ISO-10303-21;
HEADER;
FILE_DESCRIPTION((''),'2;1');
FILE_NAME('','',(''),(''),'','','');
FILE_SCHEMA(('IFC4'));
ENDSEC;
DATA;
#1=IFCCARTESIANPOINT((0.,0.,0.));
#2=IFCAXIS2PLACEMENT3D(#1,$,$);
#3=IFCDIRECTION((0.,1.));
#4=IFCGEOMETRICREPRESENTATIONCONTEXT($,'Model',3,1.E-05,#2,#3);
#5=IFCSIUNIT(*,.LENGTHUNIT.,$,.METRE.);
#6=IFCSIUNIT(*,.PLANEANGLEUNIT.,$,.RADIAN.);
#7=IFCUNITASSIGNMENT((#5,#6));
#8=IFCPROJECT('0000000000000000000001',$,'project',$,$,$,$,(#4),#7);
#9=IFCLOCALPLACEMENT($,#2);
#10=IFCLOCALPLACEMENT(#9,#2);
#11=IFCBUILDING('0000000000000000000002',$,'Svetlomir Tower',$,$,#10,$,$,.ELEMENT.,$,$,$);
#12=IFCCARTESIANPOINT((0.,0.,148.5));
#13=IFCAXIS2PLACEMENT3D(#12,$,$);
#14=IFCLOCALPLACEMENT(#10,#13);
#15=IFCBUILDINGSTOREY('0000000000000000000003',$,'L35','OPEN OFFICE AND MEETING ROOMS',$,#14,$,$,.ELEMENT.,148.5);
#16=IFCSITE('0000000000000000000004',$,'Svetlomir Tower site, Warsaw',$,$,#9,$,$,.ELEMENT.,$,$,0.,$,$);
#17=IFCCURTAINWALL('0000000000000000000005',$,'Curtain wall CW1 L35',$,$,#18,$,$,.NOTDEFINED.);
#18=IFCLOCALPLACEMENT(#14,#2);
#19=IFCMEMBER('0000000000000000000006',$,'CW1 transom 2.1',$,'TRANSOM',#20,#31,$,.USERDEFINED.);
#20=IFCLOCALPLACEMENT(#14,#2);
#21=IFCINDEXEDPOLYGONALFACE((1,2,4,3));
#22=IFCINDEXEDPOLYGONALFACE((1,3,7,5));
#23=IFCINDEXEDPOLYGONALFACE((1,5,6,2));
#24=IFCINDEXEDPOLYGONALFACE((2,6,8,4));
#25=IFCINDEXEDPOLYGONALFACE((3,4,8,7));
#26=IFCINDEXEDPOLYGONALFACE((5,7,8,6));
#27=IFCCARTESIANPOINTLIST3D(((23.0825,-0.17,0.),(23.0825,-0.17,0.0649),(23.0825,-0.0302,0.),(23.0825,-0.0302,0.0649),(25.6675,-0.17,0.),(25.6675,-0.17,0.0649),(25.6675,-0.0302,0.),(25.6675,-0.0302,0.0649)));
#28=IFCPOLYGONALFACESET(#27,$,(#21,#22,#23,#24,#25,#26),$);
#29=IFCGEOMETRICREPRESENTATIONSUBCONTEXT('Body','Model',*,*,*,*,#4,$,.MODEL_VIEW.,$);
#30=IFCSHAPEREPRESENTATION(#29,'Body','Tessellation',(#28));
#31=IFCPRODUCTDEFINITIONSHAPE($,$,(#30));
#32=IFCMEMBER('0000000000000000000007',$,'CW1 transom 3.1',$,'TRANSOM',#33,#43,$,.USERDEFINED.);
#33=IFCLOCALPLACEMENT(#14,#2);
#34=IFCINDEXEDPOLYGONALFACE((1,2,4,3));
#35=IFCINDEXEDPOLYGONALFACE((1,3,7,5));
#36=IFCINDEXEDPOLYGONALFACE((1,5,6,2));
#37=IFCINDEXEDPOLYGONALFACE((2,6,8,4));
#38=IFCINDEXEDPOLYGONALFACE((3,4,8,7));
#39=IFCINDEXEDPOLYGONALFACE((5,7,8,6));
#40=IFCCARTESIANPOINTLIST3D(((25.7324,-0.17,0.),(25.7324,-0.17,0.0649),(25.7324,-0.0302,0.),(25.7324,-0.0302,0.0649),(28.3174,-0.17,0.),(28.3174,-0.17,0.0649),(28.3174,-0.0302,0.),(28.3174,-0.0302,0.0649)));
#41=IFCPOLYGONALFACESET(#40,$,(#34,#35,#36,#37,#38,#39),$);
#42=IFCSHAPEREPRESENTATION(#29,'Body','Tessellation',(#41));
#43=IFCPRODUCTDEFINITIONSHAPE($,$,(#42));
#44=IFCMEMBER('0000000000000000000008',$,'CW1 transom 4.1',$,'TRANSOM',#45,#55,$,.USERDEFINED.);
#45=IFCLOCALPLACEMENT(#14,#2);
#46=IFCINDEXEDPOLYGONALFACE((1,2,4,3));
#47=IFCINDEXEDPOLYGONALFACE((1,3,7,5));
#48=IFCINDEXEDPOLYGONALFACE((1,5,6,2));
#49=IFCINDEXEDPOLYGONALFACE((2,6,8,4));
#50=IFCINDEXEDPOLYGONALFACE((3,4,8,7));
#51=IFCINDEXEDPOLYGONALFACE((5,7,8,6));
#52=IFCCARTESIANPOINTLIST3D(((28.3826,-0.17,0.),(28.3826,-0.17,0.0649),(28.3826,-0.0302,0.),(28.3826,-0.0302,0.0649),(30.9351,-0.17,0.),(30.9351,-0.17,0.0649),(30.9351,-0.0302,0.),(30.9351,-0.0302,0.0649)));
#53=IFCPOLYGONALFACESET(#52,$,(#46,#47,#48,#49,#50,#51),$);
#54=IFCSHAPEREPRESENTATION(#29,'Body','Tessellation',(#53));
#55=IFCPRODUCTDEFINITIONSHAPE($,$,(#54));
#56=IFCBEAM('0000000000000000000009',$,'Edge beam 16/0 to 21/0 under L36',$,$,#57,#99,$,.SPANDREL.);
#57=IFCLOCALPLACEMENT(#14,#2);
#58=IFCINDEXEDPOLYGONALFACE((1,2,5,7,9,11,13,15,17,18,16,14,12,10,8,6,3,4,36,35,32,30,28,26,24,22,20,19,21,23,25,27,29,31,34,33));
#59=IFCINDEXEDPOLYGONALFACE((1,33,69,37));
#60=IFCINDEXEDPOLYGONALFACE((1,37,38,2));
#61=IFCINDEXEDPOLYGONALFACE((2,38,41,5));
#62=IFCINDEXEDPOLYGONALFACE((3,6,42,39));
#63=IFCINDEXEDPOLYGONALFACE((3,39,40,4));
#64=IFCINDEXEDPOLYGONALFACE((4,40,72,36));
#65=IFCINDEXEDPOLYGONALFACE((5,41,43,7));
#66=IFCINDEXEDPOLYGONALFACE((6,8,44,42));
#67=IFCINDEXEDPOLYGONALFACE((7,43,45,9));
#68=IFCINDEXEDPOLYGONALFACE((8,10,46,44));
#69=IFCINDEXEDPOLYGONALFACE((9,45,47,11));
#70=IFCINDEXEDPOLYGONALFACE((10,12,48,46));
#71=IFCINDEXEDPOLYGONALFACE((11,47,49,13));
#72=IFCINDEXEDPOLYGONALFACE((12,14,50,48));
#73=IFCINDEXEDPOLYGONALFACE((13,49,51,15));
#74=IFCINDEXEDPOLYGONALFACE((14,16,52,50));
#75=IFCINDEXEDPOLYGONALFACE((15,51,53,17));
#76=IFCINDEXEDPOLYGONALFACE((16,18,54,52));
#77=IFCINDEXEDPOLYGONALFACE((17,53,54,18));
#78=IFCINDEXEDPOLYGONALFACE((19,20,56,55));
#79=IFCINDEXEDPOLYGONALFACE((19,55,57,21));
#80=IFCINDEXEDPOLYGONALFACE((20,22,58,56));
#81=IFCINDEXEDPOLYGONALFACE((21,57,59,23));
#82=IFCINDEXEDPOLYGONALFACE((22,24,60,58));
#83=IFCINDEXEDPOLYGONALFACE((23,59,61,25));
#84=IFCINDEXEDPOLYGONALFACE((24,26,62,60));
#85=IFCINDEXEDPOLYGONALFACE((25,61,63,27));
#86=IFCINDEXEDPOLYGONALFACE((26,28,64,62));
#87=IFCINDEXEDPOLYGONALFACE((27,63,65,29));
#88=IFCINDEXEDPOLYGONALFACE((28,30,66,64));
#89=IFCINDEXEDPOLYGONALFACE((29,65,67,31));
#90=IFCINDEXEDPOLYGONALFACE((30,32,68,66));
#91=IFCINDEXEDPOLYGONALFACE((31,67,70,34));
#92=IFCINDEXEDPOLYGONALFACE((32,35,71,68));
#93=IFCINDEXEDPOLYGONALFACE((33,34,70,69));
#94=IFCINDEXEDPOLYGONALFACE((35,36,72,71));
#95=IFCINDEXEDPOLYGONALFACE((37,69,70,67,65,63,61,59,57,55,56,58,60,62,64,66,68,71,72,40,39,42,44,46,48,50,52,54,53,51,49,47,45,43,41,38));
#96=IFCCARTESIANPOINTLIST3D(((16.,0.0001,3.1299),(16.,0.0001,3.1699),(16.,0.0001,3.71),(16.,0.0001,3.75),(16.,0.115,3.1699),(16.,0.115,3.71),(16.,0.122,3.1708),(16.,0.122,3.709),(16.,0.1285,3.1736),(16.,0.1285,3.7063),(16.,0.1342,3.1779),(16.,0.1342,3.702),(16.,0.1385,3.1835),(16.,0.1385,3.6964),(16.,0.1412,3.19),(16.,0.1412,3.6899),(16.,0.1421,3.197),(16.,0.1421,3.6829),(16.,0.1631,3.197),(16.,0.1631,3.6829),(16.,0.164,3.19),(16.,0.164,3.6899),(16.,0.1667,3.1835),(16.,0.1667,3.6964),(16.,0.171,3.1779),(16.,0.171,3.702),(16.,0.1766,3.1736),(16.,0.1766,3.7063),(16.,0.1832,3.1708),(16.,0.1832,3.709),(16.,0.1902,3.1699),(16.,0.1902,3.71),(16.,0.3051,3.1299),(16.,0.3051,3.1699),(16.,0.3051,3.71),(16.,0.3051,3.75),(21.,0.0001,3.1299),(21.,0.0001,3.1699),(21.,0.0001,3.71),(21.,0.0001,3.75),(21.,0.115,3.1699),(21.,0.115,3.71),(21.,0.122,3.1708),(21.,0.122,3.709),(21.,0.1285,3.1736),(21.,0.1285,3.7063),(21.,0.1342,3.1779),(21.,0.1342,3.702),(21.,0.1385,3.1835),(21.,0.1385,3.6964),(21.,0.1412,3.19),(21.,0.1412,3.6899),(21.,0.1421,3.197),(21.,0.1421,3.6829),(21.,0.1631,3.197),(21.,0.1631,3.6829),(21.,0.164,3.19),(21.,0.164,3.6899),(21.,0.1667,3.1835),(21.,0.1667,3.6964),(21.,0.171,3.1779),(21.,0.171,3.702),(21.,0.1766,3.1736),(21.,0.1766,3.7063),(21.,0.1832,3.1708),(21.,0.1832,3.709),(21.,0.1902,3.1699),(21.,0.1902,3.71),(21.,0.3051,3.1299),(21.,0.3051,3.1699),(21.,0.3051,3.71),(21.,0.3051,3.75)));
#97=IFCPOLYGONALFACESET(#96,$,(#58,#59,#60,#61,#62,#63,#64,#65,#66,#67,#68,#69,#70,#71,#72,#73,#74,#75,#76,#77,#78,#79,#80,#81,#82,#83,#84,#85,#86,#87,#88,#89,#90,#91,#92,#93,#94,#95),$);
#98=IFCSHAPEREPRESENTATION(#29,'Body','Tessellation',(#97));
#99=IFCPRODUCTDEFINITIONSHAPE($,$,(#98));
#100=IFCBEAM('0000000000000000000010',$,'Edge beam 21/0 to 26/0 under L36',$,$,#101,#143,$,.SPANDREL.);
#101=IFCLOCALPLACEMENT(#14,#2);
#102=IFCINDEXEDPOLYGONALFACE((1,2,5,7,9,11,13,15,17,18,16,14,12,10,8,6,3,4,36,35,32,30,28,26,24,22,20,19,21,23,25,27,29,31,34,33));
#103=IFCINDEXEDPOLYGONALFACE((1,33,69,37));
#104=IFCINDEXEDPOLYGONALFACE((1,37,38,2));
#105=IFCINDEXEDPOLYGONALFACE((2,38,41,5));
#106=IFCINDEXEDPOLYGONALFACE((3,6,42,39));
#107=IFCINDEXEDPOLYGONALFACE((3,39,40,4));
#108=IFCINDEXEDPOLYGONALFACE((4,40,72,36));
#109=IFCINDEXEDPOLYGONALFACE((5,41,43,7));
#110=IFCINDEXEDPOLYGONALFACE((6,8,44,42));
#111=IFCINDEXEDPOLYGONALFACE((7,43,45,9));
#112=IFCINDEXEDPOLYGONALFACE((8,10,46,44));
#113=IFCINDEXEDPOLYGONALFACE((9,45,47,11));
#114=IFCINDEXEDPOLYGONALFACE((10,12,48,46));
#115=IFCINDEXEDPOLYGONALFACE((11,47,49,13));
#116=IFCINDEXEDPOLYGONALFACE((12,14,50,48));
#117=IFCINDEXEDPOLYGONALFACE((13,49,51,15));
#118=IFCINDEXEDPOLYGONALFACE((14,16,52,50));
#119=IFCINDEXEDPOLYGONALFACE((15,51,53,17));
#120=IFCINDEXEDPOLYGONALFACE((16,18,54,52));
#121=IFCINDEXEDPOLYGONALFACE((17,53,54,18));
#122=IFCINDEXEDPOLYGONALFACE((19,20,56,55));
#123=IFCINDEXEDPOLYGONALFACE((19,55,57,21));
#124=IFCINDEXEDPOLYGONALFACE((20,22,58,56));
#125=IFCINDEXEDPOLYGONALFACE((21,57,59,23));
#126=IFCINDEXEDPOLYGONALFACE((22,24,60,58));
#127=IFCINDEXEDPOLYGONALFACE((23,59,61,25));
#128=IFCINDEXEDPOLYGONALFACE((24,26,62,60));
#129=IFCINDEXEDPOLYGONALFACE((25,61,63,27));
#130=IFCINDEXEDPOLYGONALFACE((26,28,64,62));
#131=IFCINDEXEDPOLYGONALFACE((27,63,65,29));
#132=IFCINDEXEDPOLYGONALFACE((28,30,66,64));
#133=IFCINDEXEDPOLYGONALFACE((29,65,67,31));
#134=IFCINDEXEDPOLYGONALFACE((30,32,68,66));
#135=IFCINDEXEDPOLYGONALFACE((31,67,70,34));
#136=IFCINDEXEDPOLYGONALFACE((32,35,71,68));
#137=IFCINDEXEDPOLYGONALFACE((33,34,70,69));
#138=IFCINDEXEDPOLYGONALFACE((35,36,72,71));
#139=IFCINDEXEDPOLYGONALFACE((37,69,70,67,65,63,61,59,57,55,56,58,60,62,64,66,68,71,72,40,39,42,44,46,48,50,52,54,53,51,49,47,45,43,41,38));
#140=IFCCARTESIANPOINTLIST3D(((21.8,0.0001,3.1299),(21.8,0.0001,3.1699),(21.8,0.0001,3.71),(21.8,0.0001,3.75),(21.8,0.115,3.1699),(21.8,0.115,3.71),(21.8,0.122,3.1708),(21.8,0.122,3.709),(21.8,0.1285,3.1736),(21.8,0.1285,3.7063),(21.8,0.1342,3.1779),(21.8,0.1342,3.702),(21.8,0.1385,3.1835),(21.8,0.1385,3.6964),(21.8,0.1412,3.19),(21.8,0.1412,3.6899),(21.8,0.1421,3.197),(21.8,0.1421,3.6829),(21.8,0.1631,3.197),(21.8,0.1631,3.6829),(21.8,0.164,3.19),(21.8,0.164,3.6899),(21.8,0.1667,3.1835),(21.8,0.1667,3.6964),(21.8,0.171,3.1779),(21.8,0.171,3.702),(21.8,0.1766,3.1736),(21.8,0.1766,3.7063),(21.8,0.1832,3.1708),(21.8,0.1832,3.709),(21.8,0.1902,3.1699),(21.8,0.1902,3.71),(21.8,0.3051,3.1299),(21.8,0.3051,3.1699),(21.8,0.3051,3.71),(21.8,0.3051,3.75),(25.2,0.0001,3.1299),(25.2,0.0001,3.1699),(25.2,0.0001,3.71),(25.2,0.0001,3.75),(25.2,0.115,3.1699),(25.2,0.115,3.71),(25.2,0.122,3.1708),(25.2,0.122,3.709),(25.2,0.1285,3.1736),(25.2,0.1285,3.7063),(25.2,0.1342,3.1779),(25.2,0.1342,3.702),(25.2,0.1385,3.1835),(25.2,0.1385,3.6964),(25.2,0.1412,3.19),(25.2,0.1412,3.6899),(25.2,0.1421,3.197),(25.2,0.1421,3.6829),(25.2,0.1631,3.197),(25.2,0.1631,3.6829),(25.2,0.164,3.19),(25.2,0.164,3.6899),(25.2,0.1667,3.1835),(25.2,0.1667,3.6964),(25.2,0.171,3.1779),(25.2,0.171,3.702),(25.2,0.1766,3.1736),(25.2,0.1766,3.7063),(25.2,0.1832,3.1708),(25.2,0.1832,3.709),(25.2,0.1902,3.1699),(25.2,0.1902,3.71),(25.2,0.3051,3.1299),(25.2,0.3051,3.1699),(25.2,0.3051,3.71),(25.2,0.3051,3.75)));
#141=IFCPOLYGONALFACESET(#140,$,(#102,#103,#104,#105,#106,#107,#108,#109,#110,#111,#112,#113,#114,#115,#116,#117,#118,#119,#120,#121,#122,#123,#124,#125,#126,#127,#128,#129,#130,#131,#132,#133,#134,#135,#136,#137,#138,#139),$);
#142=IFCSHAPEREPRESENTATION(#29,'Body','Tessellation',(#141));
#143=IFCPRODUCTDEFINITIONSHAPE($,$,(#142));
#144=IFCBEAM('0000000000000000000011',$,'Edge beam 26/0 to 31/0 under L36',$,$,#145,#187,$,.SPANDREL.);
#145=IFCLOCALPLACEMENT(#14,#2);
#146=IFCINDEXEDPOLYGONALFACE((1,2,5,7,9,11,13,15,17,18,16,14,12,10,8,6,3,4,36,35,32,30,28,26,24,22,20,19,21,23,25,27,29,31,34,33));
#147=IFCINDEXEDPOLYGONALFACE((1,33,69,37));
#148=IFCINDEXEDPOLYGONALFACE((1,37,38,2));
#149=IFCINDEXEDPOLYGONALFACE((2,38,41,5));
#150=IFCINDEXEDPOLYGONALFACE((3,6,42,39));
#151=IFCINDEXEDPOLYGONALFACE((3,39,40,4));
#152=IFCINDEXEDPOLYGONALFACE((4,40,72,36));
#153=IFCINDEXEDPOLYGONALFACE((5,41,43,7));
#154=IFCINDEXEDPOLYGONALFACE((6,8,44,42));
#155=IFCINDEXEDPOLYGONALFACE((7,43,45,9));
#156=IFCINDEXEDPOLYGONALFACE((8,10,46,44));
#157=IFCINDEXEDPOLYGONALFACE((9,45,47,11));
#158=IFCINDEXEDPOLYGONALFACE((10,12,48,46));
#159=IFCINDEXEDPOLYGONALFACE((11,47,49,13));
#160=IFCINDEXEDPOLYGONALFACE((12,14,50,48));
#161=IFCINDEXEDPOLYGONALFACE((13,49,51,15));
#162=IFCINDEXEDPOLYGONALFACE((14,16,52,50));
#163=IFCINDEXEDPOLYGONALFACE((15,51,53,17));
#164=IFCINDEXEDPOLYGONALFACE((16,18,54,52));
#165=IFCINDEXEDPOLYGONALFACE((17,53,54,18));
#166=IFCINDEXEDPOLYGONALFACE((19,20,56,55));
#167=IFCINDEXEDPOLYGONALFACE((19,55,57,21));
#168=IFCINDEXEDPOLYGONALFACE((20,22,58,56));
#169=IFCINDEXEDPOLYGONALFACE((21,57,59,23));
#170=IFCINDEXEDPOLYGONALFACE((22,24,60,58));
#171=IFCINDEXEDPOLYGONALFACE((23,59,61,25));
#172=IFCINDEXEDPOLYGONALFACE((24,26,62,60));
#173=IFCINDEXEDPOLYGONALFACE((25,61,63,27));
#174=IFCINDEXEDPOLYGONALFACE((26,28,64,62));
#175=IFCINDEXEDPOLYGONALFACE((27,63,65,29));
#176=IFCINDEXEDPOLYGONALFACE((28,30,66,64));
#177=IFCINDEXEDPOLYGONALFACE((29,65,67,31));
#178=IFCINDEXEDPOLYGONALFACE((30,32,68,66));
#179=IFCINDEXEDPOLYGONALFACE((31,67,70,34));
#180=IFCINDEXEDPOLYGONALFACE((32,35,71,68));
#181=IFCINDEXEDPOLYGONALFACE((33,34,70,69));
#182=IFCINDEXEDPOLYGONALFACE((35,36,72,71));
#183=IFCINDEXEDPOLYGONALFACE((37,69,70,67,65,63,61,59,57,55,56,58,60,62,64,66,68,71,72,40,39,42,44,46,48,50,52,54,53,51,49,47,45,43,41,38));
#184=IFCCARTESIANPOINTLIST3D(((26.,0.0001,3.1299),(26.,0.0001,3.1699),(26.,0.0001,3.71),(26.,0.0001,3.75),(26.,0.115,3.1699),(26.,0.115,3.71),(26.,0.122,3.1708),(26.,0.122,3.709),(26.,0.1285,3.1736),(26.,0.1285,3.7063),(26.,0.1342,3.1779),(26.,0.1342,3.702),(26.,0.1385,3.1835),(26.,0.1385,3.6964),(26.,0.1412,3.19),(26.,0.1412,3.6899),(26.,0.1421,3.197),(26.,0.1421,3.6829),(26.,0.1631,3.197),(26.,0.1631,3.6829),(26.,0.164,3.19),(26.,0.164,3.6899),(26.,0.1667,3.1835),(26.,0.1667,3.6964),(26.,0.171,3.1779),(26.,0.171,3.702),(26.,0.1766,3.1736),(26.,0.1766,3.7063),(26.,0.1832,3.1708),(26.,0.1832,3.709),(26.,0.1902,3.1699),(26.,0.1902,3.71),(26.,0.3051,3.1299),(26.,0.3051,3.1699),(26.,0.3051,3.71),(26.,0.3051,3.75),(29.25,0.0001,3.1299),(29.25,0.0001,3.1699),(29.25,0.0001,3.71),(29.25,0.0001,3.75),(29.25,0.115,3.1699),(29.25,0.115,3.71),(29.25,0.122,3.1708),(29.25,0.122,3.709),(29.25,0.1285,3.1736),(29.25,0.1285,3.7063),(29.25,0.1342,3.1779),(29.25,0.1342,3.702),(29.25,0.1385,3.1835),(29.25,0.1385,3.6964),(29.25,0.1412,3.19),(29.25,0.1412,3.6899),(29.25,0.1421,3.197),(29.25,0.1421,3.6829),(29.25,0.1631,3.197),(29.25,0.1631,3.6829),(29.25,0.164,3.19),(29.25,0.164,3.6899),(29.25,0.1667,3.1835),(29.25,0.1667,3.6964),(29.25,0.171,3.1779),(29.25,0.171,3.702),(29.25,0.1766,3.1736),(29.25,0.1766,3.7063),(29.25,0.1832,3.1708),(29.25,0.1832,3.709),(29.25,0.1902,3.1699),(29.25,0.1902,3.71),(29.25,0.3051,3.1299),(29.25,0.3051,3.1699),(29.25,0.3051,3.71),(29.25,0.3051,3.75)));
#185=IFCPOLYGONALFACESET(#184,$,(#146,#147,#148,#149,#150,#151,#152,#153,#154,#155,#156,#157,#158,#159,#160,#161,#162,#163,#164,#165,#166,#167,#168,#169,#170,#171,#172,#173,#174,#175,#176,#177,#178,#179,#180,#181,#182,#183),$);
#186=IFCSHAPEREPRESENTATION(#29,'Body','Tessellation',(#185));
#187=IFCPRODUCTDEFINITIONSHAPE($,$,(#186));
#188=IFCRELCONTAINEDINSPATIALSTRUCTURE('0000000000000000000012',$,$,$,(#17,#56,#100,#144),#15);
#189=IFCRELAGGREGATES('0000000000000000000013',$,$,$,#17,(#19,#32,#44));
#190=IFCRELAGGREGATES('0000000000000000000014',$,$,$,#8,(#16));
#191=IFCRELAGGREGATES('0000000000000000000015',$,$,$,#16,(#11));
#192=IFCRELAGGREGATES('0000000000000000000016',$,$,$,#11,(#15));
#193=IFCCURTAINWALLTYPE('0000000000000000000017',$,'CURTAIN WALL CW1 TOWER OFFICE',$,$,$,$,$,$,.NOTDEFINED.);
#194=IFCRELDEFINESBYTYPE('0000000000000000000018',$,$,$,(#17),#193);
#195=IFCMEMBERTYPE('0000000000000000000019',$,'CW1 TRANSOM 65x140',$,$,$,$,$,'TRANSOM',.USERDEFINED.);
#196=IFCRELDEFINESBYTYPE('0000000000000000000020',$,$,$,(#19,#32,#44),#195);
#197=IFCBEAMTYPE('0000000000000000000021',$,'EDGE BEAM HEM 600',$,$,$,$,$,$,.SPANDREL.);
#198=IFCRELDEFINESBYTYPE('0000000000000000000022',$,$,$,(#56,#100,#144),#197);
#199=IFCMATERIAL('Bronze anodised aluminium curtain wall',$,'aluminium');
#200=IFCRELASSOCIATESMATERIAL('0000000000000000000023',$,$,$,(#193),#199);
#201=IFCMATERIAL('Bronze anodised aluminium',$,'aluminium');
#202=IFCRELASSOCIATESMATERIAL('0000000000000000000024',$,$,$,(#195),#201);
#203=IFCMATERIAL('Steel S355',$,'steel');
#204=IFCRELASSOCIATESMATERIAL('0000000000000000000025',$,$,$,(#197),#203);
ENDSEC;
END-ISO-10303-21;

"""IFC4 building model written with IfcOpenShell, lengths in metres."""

from ifc_helpers import new_model, si_unit, direction, frame, origin, origin_2d, place, context, subcontext, project, spatial, rectangle, i_section, extrude, material, material_profile, profile_set, type_object, element, aggregate, save


model = new_model("IFC4")

# Units and contexts
model_context = context("Model", 3, precision=1e-05, world=origin(), true_north=direction((0.0, 1.0)))
body_context = subcontext(model_context, "Body", "Model", "MODEL_VIEW")
ifc_project = project(units=[si_unit("LENGTHUNIT", "METRE"), si_unit("PLANEANGLEUNIT", "RADIAN")], contexts=[model_context])

# Site, building, storey
site_placement = place(None, origin())
site = spatial("IfcSite", under=ifc_project, at=site_placement, Name="Svetlomir Tower site, Warsaw", CompositionType="ELEMENT", RefElevation=0.0)
building_placement = place(site_placement, origin())
building = spatial("IfcBuilding", under=site, at=building_placement, Name="Svetlomir Tower", CompositionType="ELEMENT")
storey_placement = place(building_placement, frame((0.0, 0.0, 148.5)))
storey = spatial("IfcBuildingStorey", under=building, at=storey_placement, Name="L35", Description="OPEN OFFICE AND MEETING ROOMS", CompositionType="ELEMENT", Elevation=148.5)

# Shared definitions
ifc_material_1 = material(Name="Bronze anodised aluminium curtain wall", Category="aluminium")
curtain_wall_type = type_object("IfcCurtainWallType", Name="CURTAIN WALL CW1 TOWER OFFICE", PredefinedType="NOTDEFINED", material=ifc_material_1)

# Curtain wall
curtain_wall_1_placement = place(storey_placement, origin())
curtain_wall_1 = element("IfcCurtainWall", 1, at=curtain_wall_1_placement, inside=storey, type_object=curtain_wall_type, Name="Curtain wall CW1 L35", PredefinedType="NOTDEFINED")

# Members
ifc_material_2 = material(Name="Bronze anodised aluminium", Category="aluminium")
ifc_material_profile_1 = material_profile(ifc_material_2, rectangle(XDim=0.1399, YDim=0.0649, at=origin_2d()), Name="AL 140x65")
ifc_profile_set_1 = profile_set([ifc_material_profile_1], Name="Bronze anodised aluminium 6063-T6")
member_type_1 = type_object("IfcMemberType", Name="CW1 TRANSOM 65x140", ElementType="TRANSOM", PredefinedType="USERDEFINED", material=ifc_profile_set_1)
member_1_placement = place(storey_placement, frame((23.0825, -0.1001, 0.0325), z_axis=(1.0, 0.0, 0.0), x_axis=(0.0, 1.0, 0.0)))
member_1 = element("IfcMember", 2, at=member_1_placement, type_object=member_type_1, Name="CW1 transom 2.1", ObjectType="TRANSOM", PredefinedType="USERDEFINED", context=body_context, shape_type="SweptSolid", body=[
    extrude(rectangle(XDim=0.1399, YDim=0.0649, at=origin_2d()), origin(), (0.0, 0.0, 1.0), 2.585),
])
member_2_placement = place(storey_placement, frame((25.7324, -0.1001, 0.0325), z_axis=(1.0, 0.0, 0.0), x_axis=(0.0, 1.0, 0.0)))
member_2 = element("IfcMember", 3, at=member_2_placement, type_object=member_type_1, Name="CW1 transom 3.1", ObjectType="TRANSOM", PredefinedType="USERDEFINED", context=body_context, shape_type="SweptSolid", body=[
    extrude(rectangle(XDim=0.1399, YDim=0.0649, at=origin_2d()), origin(), (0.0, 0.0, 1.0), 2.585),
])
member_3_placement = place(storey_placement, frame((28.3826, -0.1001, 0.0325), z_axis=(1.0, 0.0, 0.0), x_axis=(0.0, 1.0, 0.0)))
member_3 = element("IfcMember", 4, at=member_3_placement, type_object=member_type_1, Name="CW1 transom 4.1", ObjectType="TRANSOM", PredefinedType="USERDEFINED", context=body_context, shape_type="SweptSolid", body=[
    extrude(rectangle(XDim=0.1399, YDim=0.0649, at=origin_2d()), origin(), (0.0, 0.0, 1.0), 2.5525),
])

# Beams
ifc_material_3 = material(Name="Steel S355", Category="steel")
ifc_material_profile_2 = material_profile(ifc_material_3, i_section(OverallWidth=0.3049, OverallDepth=0.6201, WebThickness=0.021, FlangeThickness=0.04, FilletRadius=0.0271, at=origin_2d()), Name="HEM 600")
ifc_profile_set_2 = profile_set([ifc_material_profile_2], Name="Steel S355")
beam_type_1 = type_object("IfcBeamType", Name="EDGE BEAM HEM 600", PredefinedType="SPANDREL", material=ifc_profile_set_2)
beam_1_placement = place(storey_placement, frame((16.0, 0.1526, 3.4399), z_axis=(1.0, 0.0, 0.0), x_axis=(0.0, 1.0, 0.0)))
element("IfcBeam", 5, at=beam_1_placement, inside=storey, type_object=beam_type_1, Name="Edge beam 16/0 to 21/0 under L36", PredefinedType="SPANDREL", context=body_context, shape_type="SweptSolid", body=[
    extrude(i_section(OverallWidth=0.3049, OverallDepth=0.6201, WebThickness=0.021, FlangeThickness=0.04, FilletRadius=0.0271, at=origin_2d()), origin(), (0.0, 0.0, 1.0), 5.0),
])
beam_2_placement = place(storey_placement, frame((21.8, 0.1526, 3.4399), z_axis=(1.0, 0.0, 0.0), x_axis=(0.0, 1.0, 0.0)))
element("IfcBeam", 6, at=beam_2_placement, inside=storey, type_object=beam_type_1, Name="Edge beam 21/0 to 26/0 under L36", PredefinedType="SPANDREL", context=body_context, shape_type="SweptSolid", body=[
    extrude(i_section(OverallWidth=0.3049, OverallDepth=0.6201, WebThickness=0.021, FlangeThickness=0.04, FilletRadius=0.0271, at=origin_2d()), origin(), (0.0, 0.0, 1.0), 3.3999),
])
beam_3_placement = place(storey_placement, frame((26.0, 0.1526, 3.4399), z_axis=(1.0, 0.0, 0.0), x_axis=(0.0, 1.0, 0.0)))
element("IfcBeam", 7, at=beam_3_placement, inside=storey, type_object=beam_type_1, Name="Edge beam 26/0 to 31/0 under L36", PredefinedType="SPANDREL", context=body_context, shape_type="SweptSolid", body=[
    extrude(i_section(OverallWidth=0.3049, OverallDepth=0.6201, WebThickness=0.021, FlangeThickness=0.04, FilletRadius=0.0271, at=origin_2d()), origin(), (0.0, 0.0, 1.0), 3.25),
])

aggregate(curtain_wall_1, [member_1, member_2, member_3])

save(model, "model.ifc")
